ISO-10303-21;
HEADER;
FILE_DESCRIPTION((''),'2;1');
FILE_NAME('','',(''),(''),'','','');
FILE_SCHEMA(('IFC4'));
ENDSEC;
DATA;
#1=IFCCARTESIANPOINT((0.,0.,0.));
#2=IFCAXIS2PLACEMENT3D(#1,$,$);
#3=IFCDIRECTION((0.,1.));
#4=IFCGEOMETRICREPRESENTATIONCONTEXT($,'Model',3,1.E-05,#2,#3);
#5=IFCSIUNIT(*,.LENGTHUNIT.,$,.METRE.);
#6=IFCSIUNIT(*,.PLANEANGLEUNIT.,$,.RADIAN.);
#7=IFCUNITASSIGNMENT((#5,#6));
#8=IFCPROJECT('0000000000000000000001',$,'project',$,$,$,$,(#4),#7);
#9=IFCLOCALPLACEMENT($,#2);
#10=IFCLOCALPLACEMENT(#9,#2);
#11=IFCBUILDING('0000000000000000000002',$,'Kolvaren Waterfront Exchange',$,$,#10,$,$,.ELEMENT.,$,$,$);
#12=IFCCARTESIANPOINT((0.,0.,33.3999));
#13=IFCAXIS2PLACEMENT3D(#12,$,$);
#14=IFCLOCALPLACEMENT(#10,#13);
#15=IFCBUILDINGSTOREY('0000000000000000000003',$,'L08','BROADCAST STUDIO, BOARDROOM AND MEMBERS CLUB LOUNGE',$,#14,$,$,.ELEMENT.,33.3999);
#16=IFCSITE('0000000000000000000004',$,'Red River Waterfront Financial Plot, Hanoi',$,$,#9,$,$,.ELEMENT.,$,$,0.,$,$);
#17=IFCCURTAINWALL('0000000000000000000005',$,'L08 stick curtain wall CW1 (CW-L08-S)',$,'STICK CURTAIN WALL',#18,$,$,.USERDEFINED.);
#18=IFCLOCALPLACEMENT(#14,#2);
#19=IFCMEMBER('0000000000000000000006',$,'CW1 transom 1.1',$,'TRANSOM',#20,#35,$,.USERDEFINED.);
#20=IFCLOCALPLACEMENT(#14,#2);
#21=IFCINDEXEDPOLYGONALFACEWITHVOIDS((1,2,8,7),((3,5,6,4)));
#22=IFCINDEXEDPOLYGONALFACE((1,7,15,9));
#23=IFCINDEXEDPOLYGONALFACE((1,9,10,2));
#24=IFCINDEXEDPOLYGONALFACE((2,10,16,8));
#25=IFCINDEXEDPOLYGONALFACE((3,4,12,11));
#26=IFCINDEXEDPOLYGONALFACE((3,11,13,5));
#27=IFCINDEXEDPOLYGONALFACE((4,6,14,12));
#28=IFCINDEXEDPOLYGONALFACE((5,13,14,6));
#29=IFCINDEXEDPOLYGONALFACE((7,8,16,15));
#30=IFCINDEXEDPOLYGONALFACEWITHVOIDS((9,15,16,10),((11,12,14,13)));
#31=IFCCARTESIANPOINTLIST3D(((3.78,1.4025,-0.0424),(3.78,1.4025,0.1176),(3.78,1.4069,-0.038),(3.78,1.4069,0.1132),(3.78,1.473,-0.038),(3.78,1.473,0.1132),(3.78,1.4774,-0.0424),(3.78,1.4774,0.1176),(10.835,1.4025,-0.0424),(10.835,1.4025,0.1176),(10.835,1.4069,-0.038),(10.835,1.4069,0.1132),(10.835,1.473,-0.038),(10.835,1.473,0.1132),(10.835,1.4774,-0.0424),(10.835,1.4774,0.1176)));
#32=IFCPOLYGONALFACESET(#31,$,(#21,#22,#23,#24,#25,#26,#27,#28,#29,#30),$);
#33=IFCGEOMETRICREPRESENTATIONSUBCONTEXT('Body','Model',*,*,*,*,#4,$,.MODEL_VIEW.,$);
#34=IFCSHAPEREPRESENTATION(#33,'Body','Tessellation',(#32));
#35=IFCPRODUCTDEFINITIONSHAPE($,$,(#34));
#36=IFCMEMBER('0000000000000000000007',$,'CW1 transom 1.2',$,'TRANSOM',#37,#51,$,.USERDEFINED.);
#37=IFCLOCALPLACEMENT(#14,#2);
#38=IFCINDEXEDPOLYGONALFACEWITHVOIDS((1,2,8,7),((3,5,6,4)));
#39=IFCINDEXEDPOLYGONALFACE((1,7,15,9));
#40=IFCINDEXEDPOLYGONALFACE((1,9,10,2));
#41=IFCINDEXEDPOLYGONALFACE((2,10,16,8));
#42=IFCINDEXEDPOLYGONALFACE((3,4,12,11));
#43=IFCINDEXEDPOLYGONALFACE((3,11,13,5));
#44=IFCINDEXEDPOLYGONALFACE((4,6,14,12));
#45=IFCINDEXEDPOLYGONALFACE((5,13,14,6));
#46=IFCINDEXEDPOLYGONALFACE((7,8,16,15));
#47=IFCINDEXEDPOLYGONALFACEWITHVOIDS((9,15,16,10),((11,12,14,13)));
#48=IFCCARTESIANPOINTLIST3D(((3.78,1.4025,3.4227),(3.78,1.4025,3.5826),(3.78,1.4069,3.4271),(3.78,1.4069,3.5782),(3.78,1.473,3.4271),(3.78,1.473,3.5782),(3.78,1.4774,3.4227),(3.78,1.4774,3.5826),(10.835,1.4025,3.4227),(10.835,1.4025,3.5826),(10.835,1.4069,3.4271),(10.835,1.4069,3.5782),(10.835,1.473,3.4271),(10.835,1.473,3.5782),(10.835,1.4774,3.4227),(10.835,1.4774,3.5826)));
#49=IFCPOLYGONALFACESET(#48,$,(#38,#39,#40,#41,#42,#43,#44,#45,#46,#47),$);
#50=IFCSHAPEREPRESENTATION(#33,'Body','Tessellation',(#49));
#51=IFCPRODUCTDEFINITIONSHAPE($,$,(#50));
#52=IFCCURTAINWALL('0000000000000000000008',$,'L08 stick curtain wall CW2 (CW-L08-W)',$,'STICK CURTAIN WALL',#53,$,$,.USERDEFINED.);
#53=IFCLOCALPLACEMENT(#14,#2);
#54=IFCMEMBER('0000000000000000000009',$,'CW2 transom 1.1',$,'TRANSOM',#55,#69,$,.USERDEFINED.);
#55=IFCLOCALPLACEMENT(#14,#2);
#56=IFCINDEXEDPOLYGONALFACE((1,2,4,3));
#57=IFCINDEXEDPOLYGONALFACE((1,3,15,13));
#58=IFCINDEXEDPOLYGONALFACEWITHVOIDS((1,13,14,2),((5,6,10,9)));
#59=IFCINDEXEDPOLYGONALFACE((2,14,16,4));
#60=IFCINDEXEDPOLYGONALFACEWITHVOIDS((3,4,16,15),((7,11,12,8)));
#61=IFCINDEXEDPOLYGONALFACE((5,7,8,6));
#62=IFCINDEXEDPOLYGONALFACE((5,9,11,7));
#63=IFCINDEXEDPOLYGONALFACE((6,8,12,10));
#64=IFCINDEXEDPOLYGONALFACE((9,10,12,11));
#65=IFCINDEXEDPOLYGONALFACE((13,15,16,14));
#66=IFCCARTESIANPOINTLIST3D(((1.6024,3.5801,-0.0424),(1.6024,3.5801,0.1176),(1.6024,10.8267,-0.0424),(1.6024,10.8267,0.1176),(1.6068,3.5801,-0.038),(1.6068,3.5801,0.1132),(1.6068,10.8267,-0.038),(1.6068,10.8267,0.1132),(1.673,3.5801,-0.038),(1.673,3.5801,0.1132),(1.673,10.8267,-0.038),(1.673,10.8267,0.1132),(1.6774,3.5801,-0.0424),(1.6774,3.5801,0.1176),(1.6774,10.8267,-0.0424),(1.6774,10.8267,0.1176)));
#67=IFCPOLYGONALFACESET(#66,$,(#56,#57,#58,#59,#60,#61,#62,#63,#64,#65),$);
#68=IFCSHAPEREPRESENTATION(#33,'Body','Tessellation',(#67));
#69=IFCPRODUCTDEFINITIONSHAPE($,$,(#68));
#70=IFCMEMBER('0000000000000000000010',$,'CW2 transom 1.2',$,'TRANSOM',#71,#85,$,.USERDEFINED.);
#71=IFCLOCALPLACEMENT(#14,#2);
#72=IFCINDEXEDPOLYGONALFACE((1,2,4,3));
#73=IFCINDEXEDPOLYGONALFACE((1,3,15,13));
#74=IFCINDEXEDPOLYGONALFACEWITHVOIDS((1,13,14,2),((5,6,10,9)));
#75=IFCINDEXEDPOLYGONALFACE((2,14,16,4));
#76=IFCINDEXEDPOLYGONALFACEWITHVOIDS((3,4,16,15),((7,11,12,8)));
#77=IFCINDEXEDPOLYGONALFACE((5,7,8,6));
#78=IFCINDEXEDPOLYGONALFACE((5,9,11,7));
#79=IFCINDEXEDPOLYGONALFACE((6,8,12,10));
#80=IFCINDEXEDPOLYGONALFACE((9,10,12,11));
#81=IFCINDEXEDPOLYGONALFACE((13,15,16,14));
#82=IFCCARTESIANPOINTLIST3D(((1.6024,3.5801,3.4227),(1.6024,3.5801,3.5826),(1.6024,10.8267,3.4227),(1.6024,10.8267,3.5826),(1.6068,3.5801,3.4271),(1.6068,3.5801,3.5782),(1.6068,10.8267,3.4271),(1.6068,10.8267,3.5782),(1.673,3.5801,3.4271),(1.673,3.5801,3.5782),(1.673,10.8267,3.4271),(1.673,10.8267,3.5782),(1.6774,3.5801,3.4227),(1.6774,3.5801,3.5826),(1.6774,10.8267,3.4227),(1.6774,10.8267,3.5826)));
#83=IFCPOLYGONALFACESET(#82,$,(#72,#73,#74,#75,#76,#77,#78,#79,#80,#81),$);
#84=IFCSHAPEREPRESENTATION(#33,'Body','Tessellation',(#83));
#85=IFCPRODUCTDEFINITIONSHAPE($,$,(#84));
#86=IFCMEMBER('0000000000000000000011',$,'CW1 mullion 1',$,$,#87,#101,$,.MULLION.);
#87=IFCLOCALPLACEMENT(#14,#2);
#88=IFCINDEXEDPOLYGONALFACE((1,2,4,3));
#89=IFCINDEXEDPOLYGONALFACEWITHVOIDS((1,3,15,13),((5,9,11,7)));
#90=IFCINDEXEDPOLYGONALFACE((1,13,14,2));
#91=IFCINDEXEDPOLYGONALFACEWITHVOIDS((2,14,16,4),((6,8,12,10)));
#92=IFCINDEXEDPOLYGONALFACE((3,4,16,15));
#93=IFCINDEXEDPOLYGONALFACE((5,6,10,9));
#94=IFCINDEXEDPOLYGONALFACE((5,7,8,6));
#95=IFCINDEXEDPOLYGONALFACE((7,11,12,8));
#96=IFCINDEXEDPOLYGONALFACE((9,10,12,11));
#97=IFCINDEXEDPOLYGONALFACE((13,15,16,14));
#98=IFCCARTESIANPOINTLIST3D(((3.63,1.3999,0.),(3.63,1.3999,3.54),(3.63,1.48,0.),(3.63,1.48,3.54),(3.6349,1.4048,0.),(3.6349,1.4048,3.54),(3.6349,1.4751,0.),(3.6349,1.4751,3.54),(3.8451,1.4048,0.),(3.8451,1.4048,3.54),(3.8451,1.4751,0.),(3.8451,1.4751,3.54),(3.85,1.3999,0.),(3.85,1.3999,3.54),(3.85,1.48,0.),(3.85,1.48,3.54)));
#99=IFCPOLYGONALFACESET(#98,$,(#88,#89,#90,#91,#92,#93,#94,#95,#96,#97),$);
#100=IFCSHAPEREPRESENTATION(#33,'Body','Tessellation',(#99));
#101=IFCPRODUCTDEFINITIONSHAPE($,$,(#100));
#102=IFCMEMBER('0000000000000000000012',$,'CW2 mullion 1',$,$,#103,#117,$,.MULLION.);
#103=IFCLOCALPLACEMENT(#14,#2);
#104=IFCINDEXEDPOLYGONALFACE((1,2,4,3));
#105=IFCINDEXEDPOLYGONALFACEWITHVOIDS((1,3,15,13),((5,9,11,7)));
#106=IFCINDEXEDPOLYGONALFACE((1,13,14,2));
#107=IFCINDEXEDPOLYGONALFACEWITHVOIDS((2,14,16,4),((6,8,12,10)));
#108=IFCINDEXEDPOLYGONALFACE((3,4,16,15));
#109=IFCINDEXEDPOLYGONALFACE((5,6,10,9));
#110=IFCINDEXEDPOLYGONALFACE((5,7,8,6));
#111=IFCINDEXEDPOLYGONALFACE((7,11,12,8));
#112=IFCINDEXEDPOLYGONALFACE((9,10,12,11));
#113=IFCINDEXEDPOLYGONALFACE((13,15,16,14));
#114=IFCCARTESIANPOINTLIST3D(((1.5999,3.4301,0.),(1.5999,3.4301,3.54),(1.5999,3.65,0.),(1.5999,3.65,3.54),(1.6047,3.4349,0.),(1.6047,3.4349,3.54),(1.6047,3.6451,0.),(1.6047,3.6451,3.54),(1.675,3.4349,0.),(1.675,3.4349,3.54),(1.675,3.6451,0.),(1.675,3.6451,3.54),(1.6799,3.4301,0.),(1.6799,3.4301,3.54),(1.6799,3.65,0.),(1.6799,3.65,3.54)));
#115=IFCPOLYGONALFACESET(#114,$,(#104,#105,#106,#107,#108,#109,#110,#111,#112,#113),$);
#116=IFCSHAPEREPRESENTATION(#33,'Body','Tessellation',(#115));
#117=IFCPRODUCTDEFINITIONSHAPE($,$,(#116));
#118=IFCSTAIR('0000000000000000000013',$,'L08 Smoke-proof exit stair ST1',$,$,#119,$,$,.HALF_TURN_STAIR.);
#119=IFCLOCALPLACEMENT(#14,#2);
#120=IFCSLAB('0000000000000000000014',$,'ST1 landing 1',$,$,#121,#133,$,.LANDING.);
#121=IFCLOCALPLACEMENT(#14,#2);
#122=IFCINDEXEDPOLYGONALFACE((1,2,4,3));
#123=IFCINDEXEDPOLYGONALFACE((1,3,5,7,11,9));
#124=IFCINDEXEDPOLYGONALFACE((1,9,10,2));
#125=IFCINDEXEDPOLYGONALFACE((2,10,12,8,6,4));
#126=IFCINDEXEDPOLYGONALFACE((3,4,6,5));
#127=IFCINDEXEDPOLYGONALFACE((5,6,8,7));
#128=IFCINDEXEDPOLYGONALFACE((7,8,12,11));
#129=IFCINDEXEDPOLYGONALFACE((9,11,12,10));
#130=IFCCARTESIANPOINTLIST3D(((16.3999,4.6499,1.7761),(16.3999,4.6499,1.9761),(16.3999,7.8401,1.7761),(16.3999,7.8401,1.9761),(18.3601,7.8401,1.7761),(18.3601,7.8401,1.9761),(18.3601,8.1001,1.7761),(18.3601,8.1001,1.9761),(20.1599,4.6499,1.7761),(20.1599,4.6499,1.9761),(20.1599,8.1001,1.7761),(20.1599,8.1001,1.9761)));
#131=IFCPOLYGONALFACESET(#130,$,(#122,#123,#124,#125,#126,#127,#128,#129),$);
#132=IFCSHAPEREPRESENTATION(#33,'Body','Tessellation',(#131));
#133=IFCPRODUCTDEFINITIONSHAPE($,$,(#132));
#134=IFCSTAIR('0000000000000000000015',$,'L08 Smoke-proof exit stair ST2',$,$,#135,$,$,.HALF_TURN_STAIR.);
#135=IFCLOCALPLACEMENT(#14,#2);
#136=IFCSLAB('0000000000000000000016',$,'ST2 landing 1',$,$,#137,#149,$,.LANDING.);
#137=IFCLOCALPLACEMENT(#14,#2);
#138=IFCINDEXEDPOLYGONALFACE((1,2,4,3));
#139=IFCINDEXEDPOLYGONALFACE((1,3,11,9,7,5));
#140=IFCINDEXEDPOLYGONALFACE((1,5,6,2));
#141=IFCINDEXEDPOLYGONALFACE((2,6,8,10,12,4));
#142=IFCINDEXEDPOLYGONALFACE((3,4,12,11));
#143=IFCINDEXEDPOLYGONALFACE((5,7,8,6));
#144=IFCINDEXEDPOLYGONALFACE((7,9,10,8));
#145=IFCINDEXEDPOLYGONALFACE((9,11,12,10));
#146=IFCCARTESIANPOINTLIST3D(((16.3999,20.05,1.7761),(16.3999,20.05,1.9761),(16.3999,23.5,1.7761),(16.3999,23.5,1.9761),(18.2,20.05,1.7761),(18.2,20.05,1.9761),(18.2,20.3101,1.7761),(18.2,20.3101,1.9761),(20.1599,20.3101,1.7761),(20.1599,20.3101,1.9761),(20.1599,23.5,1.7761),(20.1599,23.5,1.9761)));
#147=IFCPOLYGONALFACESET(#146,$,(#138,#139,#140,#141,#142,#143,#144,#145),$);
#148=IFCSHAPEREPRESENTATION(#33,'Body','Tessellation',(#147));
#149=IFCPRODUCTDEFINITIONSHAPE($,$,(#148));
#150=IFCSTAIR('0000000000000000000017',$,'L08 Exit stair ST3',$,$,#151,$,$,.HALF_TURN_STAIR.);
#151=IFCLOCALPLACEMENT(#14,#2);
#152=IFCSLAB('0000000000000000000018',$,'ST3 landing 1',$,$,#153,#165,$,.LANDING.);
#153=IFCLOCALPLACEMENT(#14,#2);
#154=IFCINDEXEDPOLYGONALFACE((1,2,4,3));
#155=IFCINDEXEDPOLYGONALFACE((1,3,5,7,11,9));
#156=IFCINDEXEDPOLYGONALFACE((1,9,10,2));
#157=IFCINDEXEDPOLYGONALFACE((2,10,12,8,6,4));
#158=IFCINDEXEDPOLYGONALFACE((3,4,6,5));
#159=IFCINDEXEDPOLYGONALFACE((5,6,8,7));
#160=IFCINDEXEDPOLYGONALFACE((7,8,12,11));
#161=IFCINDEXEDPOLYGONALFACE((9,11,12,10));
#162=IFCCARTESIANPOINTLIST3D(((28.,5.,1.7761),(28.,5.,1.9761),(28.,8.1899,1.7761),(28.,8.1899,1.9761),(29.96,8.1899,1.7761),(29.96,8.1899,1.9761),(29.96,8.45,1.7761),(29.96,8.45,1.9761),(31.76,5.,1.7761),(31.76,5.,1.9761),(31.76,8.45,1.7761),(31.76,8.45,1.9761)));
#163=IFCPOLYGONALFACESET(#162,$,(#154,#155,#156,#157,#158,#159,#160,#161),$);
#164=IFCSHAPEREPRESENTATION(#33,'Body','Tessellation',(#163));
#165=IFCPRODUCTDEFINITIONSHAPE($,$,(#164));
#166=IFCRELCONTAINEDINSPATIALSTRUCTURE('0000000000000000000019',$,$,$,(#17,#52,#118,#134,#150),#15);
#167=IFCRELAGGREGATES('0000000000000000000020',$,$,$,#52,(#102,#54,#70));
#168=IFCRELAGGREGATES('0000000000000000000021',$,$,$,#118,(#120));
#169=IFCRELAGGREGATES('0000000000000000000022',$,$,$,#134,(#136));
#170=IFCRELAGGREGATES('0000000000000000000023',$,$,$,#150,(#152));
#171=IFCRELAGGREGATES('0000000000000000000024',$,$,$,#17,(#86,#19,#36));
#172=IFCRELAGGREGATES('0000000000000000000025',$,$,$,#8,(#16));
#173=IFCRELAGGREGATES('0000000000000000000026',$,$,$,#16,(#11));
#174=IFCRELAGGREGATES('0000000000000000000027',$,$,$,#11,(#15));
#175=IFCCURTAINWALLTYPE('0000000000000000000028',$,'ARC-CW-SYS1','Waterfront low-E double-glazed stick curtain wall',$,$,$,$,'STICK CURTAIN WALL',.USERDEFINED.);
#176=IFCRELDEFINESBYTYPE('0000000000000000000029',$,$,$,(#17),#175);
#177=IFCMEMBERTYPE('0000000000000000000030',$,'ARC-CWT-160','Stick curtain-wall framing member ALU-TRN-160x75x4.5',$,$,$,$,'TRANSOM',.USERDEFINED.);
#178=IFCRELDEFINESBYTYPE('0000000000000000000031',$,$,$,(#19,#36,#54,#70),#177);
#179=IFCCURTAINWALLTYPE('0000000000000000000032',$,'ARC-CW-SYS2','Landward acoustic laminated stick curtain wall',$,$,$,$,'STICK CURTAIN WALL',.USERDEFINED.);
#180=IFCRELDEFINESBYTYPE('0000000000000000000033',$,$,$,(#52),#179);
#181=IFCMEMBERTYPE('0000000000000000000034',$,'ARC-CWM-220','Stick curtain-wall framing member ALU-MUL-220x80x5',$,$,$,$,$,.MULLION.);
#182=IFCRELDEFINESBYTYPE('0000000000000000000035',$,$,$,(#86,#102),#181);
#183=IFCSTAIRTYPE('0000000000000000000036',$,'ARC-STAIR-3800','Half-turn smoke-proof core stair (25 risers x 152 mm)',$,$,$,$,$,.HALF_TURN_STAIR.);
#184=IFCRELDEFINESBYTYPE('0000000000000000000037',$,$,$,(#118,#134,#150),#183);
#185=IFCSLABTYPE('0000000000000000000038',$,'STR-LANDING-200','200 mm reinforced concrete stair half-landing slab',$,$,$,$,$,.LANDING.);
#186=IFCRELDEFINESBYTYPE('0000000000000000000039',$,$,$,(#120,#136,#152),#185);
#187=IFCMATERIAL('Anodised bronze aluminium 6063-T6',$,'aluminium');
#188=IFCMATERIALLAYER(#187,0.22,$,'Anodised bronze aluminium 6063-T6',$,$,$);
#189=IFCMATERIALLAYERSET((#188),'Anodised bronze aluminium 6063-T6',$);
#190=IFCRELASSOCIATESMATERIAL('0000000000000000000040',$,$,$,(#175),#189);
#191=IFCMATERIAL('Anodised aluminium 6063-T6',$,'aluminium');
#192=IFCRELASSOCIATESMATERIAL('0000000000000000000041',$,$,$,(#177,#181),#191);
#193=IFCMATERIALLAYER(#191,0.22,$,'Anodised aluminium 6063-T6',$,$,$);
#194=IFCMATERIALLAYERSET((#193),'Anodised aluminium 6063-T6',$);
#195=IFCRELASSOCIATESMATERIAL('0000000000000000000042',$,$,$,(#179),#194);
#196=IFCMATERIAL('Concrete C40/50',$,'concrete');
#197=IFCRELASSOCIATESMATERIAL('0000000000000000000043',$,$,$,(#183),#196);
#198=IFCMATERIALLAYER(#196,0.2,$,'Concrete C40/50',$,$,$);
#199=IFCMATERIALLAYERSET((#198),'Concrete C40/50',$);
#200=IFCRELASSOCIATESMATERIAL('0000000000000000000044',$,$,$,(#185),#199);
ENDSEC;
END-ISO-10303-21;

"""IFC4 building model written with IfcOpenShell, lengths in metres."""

from ifc_helpers import new_model, si_unit, direction, frame, origin, origin_with_axes, origin_2d, place, context, subcontext, project, spatial, polyline, hollow_rectangle, outline, extrude, source, transform, mapped, material, layer, layer_set, material_profile, profile_set, type_object, element, aggregate, save


model = new_model("IFC4")

# Units and contexts
model_context = context("Model", 3, precision=1e-05, world=origin(), true_north=direction((0.0, 1.0)))
body_context = subcontext(model_context, "Body", "Model", "MODEL_VIEW")
ifc_project = project(units=[si_unit("LENGTHUNIT", "METRE"), si_unit("PLANEANGLEUNIT", "RADIAN")], contexts=[model_context])

# Site, building, storey
site_placement = place(None, origin())
site = spatial("IfcSite", under=ifc_project, at=site_placement, Name="Red River Waterfront Financial Plot, Hanoi", CompositionType="ELEMENT", RefElevation=0.0)
building_placement = place(site_placement, origin())
building = spatial("IfcBuilding", under=site, at=building_placement, Name="Kolvaren Waterfront Exchange", CompositionType="ELEMENT")
storey_placement = place(building_placement, frame((0.0, 0.0, 33.3999)))
storey = spatial("IfcBuildingStorey", under=building, at=storey_placement, Name="L08", Description="BROADCAST STUDIO, BOARDROOM AND MEMBERS CLUB LOUNGE", CompositionType="ELEMENT", Elevation=33.3999)

# Curtain walls, members
ifc_material_1 = material(Name="Anodised bronze aluminium 6063-T6", Category="aluminium")
ifc_layer_1 = layer(ifc_material_1, 0.22, Name="Anodised bronze aluminium 6063-T6")
ifc_layer_set_1 = layer_set([ifc_layer_1], Name="Anodised bronze aluminium 6063-T6")
curtain_wall_type_1 = type_object("IfcCurtainWallType", Name="ARC-CW-SYS1", Description="Waterfront low-E double-glazed stick curtain wall", ElementType="STICK CURTAIN WALL", PredefinedType="USERDEFINED", material=ifc_layer_set_1)
curtain_wall_1_placement = place(storey_placement, origin())
curtain_wall_1 = element("IfcCurtainWall", 1, at=curtain_wall_1_placement, inside=storey, type_object=curtain_wall_type_1, Name="L08 stick curtain wall CW1 (CW-L08-S)", ObjectType="STICK CURTAIN WALL", PredefinedType="USERDEFINED")
ifc_material_2 = material(Name="Anodised aluminium 6063-T6", Category="aluminium")
ifc_material_profile_1 = material_profile(ifc_material_2, hollow_rectangle(XDim=0.075, YDim=0.1599, WallThickness=0.0044, at=origin_2d()), Name="ALU-TRN-160x75x4.5")
ifc_profile_set_1 = profile_set([ifc_material_profile_1], Name="Anodised aluminium 6063-T6")
member_type_1 = type_object("IfcMemberType", Name="ARC-CWT-160", Description="Stick curtain-wall framing member ALU-TRN-160x75x4.5", ElementType="TRANSOM", PredefinedType="USERDEFINED", material=ifc_profile_set_1)
shared_shape_1 = source(origin_with_axes(), body_context, "Body", "SweptSolid", [
    extrude(hollow_rectangle(XDim=0.075, YDim=0.1599, WallThickness=0.0044, at=origin_2d()), origin(), (0.0, 0.0, 1.0), 7.0549),
])
member_1_placement = place(storey_placement, frame((3.78, 1.4399, 0.0376), z_axis=(1.0, 0.0, 0.0), x_axis=(0.0, 1.0, 0.0)))
member_1 = element("IfcMember", 2, at=member_1_placement, type_object=member_type_1, Name="CW1 transom 1.1", ObjectType="TRANSOM", PredefinedType="USERDEFINED", context=body_context, shape_type="MappedRepresentation", body=[
    mapped(shared_shape_1, transform((0.0, 0.0, 0.0), x_axis=(1.0, 0.0, 0.0), y_axis=(0.0, 1.0, 0.0), z_axis=(0.0, 0.0, 1.0), scale=1.0)),
])
member_2_placement = place(storey_placement, frame((3.78, 1.4399, 3.5027), z_axis=(1.0, 0.0, 0.0), x_axis=(0.0, 1.0, 0.0)))
member_2 = element("IfcMember", 3, at=member_2_placement, type_object=member_type_1, Name="CW1 transom 1.2", ObjectType="TRANSOM", PredefinedType="USERDEFINED", context=body_context, shape_type="MappedRepresentation", body=[
    mapped(shared_shape_1, transform((0.0, 0.0, 0.0), x_axis=(1.0, 0.0, 0.0), y_axis=(0.0, 1.0, 0.0), z_axis=(0.0, 0.0, 1.0), scale=1.0)),
])
ifc_layer_2 = layer(ifc_material_2, 0.22, Name="Anodised aluminium 6063-T6")
ifc_layer_set_2 = layer_set([ifc_layer_2], Name="Anodised aluminium 6063-T6")
curtain_wall_type_2 = type_object("IfcCurtainWallType", Name="ARC-CW-SYS2", Description="Landward acoustic laminated stick curtain wall", ElementType="STICK CURTAIN WALL", PredefinedType="USERDEFINED", material=ifc_layer_set_2)
curtain_wall_2_placement = place(storey_placement, origin())
curtain_wall_2 = element("IfcCurtainWall", 4, at=curtain_wall_2_placement, inside=storey, type_object=curtain_wall_type_2, Name="L08 stick curtain wall CW2 (CW-L08-W)", ObjectType="STICK CURTAIN WALL", PredefinedType="USERDEFINED")
shared_shape_2 = source(origin_with_axes(), body_context, "Body", "SweptSolid", [
    extrude(hollow_rectangle(XDim=0.075, YDim=0.1599, WallThickness=0.0044, at=origin_2d()), origin(), (0.0, 0.0, 1.0), 7.2466),
])
member_3_placement = place(storey_placement, frame((1.6399, 3.5801, 0.0376), z_axis=(0.0, 1.0, 0.0), x_axis=(-1.0, 0.0, 0.0)))
member_3 = element("IfcMember", 5, at=member_3_placement, type_object=member_type_1, Name="CW2 transom 1.1", ObjectType="TRANSOM", PredefinedType="USERDEFINED", context=body_context, shape_type="MappedRepresentation", body=[
    mapped(shared_shape_2, transform((0.0, 0.0, 0.0), x_axis=(1.0, 0.0, 0.0), y_axis=(0.0, 1.0, 0.0), z_axis=(0.0, 0.0, 1.0), scale=1.0)),
])
member_4_placement = place(storey_placement, frame((1.6399, 3.5801, 3.5027), z_axis=(0.0, 1.0, 0.0), x_axis=(-1.0, 0.0, 0.0)))
member_4 = element("IfcMember", 6, at=member_4_placement, type_object=member_type_1, Name="CW2 transom 1.2", ObjectType="TRANSOM", PredefinedType="USERDEFINED", context=body_context, shape_type="MappedRepresentation", body=[
    mapped(shared_shape_2, transform((0.0, 0.0, 0.0), x_axis=(1.0, 0.0, 0.0), y_axis=(0.0, 1.0, 0.0), z_axis=(0.0, 0.0, 1.0), scale=1.0)),
])

# Members
ifc_material_profile_2 = material_profile(ifc_material_2, hollow_rectangle(XDim=0.0801, YDim=0.22, WallThickness=0.0049, at=origin_2d()), Name="ALU-MUL-220x80x5")
ifc_profile_set_2 = profile_set([ifc_material_profile_2], Name="Anodised aluminium 6063-T6")
member_type_2 = type_object("IfcMemberType", Name="ARC-CWM-220", Description="Stick curtain-wall framing member ALU-MUL-220x80x5", PredefinedType="MULLION", material=ifc_profile_set_2)
shared_shape_3 = source(origin_with_axes(), body_context, "Body", "SweptSolid", [
    extrude(hollow_rectangle(XDim=0.0801, YDim=0.22, WallThickness=0.0049, at=origin_2d()), origin(), (0.0, 0.0, 1.0), 3.54),
])
member_5_placement = place(storey_placement, frame((3.74, 1.4399, 0.0), z_axis=(0.0, 0.0, 1.0), x_axis=(0.0, 1.0, 0.0)))
member_5 = element("IfcMember", 7, at=member_5_placement, type_object=member_type_2, Name="CW1 mullion 1", PredefinedType="MULLION", context=body_context, shape_type="MappedRepresentation", body=[
    mapped(shared_shape_3, transform((0.0, 0.0, 0.0), x_axis=(1.0, 0.0, 0.0), y_axis=(0.0, 1.0, 0.0), z_axis=(0.0, 0.0, 1.0), scale=1.0)),
])
member_6_placement = place(storey_placement, frame((1.6399, 3.54, 0.0), z_axis=(0.0, 0.0, 1.0), x_axis=(-1.0, 0.0, 0.0)))
member_6 = element("IfcMember", 8, at=member_6_placement, type_object=member_type_2, Name="CW2 mullion 1", PredefinedType="MULLION", context=body_context, shape_type="MappedRepresentation", body=[
    mapped(shared_shape_3, transform((0.0, 0.0, 0.0), x_axis=(1.0, 0.0, 0.0), y_axis=(0.0, 1.0, 0.0), z_axis=(0.0, 0.0, 1.0), scale=1.0)),
])
aggregate(curtain_wall_2, [member_6, member_3, member_4])

# Stairs, slabs
ifc_material_3 = material(Name="Concrete C40/50", Category="concrete")
stair_type = type_object("IfcStairType", Name="ARC-STAIR-3800", Description="Half-turn smoke-proof core stair (25 risers x 152 mm)", PredefinedType="HALF_TURN_STAIR", material=ifc_material_3)
stair_1_placement = place(storey_placement, origin())
stair_1 = element("IfcStair", 9, at=stair_1_placement, inside=storey, type_object=stair_type, Name="L08 Smoke-proof exit stair ST1", PredefinedType="HALF_TURN_STAIR")
ifc_layer_3 = layer(ifc_material_3, 0.2, Name="Concrete C40/50")
ifc_layer_set_3 = layer_set([ifc_layer_3], Name="Concrete C40/50")
slab_type_1 = type_object("IfcSlabType", Name="STR-LANDING-200", Description="200 mm reinforced concrete stair half-landing slab", PredefinedType="LANDING", material=ifc_layer_set_3)
slab_1_placement = place(storey_placement, frame((0.0, 0.0, 1.7761)))
slab_1 = element("IfcSlab", 10, at=slab_1_placement, type_object=slab_type_1, Name="ST1 landing 1", PredefinedType="LANDING", context=body_context, shape_type="SweptSolid", body=[
    extrude(outline(polyline([(16.3999, 7.8401), (16.3999, 4.6499), (20.1599, 4.6499), (20.1599, 8.1001), (18.3601, 8.1001), (18.3601, 7.8401), (16.3999, 7.8401)])), origin(), (0.0, 0.0, 1.0), 0.2),
])
aggregate(stair_1, [slab_1])
stair_2_placement = place(storey_placement, origin())
stair_2 = element("IfcStair", 11, at=stair_2_placement, inside=storey, type_object=stair_type, Name="L08 Smoke-proof exit stair ST2", PredefinedType="HALF_TURN_STAIR")
slab_2_placement = place(storey_placement, frame((0.0, 0.0, 1.7761)))
slab_2 = element("IfcSlab", 12, at=slab_2_placement, type_object=slab_type_1, Name="ST2 landing 1", PredefinedType="LANDING", context=body_context, shape_type="SweptSolid", body=[
    extrude(outline(polyline([(20.1599, 20.3101), (20.1599, 23.5), (16.3999, 23.5), (16.3999, 20.05), (18.2, 20.05), (18.2, 20.3101), (20.1599, 20.3101)])), origin(), (0.0, 0.0, 1.0), 0.2),
])
aggregate(stair_2, [slab_2])
stair_3_placement = place(storey_placement, origin())
stair_3 = element("IfcStair", 13, at=stair_3_placement, inside=storey, type_object=stair_type, Name="L08 Exit stair ST3", PredefinedType="HALF_TURN_STAIR")
slab_3_placement = place(storey_placement, frame((0.0, 0.0, 1.7761)))
slab_3 = element("IfcSlab", 14, at=slab_3_placement, type_object=slab_type_1, Name="ST3 landing 1", PredefinedType="LANDING", context=body_context, shape_type="SweptSolid", body=[
    extrude(outline(polyline([(28.0, 8.1899), (28.0, 5.0), (31.76, 5.0), (31.76, 8.45), (29.96, 8.45), (29.96, 8.1899), (28.0, 8.1899)])), origin(), (0.0, 0.0, 1.0), 0.2),
])
aggregate(stair_3, [slab_3])

aggregate(curtain_wall_1, [member_5, member_1, member_2])

save(model, "model.ifc")
